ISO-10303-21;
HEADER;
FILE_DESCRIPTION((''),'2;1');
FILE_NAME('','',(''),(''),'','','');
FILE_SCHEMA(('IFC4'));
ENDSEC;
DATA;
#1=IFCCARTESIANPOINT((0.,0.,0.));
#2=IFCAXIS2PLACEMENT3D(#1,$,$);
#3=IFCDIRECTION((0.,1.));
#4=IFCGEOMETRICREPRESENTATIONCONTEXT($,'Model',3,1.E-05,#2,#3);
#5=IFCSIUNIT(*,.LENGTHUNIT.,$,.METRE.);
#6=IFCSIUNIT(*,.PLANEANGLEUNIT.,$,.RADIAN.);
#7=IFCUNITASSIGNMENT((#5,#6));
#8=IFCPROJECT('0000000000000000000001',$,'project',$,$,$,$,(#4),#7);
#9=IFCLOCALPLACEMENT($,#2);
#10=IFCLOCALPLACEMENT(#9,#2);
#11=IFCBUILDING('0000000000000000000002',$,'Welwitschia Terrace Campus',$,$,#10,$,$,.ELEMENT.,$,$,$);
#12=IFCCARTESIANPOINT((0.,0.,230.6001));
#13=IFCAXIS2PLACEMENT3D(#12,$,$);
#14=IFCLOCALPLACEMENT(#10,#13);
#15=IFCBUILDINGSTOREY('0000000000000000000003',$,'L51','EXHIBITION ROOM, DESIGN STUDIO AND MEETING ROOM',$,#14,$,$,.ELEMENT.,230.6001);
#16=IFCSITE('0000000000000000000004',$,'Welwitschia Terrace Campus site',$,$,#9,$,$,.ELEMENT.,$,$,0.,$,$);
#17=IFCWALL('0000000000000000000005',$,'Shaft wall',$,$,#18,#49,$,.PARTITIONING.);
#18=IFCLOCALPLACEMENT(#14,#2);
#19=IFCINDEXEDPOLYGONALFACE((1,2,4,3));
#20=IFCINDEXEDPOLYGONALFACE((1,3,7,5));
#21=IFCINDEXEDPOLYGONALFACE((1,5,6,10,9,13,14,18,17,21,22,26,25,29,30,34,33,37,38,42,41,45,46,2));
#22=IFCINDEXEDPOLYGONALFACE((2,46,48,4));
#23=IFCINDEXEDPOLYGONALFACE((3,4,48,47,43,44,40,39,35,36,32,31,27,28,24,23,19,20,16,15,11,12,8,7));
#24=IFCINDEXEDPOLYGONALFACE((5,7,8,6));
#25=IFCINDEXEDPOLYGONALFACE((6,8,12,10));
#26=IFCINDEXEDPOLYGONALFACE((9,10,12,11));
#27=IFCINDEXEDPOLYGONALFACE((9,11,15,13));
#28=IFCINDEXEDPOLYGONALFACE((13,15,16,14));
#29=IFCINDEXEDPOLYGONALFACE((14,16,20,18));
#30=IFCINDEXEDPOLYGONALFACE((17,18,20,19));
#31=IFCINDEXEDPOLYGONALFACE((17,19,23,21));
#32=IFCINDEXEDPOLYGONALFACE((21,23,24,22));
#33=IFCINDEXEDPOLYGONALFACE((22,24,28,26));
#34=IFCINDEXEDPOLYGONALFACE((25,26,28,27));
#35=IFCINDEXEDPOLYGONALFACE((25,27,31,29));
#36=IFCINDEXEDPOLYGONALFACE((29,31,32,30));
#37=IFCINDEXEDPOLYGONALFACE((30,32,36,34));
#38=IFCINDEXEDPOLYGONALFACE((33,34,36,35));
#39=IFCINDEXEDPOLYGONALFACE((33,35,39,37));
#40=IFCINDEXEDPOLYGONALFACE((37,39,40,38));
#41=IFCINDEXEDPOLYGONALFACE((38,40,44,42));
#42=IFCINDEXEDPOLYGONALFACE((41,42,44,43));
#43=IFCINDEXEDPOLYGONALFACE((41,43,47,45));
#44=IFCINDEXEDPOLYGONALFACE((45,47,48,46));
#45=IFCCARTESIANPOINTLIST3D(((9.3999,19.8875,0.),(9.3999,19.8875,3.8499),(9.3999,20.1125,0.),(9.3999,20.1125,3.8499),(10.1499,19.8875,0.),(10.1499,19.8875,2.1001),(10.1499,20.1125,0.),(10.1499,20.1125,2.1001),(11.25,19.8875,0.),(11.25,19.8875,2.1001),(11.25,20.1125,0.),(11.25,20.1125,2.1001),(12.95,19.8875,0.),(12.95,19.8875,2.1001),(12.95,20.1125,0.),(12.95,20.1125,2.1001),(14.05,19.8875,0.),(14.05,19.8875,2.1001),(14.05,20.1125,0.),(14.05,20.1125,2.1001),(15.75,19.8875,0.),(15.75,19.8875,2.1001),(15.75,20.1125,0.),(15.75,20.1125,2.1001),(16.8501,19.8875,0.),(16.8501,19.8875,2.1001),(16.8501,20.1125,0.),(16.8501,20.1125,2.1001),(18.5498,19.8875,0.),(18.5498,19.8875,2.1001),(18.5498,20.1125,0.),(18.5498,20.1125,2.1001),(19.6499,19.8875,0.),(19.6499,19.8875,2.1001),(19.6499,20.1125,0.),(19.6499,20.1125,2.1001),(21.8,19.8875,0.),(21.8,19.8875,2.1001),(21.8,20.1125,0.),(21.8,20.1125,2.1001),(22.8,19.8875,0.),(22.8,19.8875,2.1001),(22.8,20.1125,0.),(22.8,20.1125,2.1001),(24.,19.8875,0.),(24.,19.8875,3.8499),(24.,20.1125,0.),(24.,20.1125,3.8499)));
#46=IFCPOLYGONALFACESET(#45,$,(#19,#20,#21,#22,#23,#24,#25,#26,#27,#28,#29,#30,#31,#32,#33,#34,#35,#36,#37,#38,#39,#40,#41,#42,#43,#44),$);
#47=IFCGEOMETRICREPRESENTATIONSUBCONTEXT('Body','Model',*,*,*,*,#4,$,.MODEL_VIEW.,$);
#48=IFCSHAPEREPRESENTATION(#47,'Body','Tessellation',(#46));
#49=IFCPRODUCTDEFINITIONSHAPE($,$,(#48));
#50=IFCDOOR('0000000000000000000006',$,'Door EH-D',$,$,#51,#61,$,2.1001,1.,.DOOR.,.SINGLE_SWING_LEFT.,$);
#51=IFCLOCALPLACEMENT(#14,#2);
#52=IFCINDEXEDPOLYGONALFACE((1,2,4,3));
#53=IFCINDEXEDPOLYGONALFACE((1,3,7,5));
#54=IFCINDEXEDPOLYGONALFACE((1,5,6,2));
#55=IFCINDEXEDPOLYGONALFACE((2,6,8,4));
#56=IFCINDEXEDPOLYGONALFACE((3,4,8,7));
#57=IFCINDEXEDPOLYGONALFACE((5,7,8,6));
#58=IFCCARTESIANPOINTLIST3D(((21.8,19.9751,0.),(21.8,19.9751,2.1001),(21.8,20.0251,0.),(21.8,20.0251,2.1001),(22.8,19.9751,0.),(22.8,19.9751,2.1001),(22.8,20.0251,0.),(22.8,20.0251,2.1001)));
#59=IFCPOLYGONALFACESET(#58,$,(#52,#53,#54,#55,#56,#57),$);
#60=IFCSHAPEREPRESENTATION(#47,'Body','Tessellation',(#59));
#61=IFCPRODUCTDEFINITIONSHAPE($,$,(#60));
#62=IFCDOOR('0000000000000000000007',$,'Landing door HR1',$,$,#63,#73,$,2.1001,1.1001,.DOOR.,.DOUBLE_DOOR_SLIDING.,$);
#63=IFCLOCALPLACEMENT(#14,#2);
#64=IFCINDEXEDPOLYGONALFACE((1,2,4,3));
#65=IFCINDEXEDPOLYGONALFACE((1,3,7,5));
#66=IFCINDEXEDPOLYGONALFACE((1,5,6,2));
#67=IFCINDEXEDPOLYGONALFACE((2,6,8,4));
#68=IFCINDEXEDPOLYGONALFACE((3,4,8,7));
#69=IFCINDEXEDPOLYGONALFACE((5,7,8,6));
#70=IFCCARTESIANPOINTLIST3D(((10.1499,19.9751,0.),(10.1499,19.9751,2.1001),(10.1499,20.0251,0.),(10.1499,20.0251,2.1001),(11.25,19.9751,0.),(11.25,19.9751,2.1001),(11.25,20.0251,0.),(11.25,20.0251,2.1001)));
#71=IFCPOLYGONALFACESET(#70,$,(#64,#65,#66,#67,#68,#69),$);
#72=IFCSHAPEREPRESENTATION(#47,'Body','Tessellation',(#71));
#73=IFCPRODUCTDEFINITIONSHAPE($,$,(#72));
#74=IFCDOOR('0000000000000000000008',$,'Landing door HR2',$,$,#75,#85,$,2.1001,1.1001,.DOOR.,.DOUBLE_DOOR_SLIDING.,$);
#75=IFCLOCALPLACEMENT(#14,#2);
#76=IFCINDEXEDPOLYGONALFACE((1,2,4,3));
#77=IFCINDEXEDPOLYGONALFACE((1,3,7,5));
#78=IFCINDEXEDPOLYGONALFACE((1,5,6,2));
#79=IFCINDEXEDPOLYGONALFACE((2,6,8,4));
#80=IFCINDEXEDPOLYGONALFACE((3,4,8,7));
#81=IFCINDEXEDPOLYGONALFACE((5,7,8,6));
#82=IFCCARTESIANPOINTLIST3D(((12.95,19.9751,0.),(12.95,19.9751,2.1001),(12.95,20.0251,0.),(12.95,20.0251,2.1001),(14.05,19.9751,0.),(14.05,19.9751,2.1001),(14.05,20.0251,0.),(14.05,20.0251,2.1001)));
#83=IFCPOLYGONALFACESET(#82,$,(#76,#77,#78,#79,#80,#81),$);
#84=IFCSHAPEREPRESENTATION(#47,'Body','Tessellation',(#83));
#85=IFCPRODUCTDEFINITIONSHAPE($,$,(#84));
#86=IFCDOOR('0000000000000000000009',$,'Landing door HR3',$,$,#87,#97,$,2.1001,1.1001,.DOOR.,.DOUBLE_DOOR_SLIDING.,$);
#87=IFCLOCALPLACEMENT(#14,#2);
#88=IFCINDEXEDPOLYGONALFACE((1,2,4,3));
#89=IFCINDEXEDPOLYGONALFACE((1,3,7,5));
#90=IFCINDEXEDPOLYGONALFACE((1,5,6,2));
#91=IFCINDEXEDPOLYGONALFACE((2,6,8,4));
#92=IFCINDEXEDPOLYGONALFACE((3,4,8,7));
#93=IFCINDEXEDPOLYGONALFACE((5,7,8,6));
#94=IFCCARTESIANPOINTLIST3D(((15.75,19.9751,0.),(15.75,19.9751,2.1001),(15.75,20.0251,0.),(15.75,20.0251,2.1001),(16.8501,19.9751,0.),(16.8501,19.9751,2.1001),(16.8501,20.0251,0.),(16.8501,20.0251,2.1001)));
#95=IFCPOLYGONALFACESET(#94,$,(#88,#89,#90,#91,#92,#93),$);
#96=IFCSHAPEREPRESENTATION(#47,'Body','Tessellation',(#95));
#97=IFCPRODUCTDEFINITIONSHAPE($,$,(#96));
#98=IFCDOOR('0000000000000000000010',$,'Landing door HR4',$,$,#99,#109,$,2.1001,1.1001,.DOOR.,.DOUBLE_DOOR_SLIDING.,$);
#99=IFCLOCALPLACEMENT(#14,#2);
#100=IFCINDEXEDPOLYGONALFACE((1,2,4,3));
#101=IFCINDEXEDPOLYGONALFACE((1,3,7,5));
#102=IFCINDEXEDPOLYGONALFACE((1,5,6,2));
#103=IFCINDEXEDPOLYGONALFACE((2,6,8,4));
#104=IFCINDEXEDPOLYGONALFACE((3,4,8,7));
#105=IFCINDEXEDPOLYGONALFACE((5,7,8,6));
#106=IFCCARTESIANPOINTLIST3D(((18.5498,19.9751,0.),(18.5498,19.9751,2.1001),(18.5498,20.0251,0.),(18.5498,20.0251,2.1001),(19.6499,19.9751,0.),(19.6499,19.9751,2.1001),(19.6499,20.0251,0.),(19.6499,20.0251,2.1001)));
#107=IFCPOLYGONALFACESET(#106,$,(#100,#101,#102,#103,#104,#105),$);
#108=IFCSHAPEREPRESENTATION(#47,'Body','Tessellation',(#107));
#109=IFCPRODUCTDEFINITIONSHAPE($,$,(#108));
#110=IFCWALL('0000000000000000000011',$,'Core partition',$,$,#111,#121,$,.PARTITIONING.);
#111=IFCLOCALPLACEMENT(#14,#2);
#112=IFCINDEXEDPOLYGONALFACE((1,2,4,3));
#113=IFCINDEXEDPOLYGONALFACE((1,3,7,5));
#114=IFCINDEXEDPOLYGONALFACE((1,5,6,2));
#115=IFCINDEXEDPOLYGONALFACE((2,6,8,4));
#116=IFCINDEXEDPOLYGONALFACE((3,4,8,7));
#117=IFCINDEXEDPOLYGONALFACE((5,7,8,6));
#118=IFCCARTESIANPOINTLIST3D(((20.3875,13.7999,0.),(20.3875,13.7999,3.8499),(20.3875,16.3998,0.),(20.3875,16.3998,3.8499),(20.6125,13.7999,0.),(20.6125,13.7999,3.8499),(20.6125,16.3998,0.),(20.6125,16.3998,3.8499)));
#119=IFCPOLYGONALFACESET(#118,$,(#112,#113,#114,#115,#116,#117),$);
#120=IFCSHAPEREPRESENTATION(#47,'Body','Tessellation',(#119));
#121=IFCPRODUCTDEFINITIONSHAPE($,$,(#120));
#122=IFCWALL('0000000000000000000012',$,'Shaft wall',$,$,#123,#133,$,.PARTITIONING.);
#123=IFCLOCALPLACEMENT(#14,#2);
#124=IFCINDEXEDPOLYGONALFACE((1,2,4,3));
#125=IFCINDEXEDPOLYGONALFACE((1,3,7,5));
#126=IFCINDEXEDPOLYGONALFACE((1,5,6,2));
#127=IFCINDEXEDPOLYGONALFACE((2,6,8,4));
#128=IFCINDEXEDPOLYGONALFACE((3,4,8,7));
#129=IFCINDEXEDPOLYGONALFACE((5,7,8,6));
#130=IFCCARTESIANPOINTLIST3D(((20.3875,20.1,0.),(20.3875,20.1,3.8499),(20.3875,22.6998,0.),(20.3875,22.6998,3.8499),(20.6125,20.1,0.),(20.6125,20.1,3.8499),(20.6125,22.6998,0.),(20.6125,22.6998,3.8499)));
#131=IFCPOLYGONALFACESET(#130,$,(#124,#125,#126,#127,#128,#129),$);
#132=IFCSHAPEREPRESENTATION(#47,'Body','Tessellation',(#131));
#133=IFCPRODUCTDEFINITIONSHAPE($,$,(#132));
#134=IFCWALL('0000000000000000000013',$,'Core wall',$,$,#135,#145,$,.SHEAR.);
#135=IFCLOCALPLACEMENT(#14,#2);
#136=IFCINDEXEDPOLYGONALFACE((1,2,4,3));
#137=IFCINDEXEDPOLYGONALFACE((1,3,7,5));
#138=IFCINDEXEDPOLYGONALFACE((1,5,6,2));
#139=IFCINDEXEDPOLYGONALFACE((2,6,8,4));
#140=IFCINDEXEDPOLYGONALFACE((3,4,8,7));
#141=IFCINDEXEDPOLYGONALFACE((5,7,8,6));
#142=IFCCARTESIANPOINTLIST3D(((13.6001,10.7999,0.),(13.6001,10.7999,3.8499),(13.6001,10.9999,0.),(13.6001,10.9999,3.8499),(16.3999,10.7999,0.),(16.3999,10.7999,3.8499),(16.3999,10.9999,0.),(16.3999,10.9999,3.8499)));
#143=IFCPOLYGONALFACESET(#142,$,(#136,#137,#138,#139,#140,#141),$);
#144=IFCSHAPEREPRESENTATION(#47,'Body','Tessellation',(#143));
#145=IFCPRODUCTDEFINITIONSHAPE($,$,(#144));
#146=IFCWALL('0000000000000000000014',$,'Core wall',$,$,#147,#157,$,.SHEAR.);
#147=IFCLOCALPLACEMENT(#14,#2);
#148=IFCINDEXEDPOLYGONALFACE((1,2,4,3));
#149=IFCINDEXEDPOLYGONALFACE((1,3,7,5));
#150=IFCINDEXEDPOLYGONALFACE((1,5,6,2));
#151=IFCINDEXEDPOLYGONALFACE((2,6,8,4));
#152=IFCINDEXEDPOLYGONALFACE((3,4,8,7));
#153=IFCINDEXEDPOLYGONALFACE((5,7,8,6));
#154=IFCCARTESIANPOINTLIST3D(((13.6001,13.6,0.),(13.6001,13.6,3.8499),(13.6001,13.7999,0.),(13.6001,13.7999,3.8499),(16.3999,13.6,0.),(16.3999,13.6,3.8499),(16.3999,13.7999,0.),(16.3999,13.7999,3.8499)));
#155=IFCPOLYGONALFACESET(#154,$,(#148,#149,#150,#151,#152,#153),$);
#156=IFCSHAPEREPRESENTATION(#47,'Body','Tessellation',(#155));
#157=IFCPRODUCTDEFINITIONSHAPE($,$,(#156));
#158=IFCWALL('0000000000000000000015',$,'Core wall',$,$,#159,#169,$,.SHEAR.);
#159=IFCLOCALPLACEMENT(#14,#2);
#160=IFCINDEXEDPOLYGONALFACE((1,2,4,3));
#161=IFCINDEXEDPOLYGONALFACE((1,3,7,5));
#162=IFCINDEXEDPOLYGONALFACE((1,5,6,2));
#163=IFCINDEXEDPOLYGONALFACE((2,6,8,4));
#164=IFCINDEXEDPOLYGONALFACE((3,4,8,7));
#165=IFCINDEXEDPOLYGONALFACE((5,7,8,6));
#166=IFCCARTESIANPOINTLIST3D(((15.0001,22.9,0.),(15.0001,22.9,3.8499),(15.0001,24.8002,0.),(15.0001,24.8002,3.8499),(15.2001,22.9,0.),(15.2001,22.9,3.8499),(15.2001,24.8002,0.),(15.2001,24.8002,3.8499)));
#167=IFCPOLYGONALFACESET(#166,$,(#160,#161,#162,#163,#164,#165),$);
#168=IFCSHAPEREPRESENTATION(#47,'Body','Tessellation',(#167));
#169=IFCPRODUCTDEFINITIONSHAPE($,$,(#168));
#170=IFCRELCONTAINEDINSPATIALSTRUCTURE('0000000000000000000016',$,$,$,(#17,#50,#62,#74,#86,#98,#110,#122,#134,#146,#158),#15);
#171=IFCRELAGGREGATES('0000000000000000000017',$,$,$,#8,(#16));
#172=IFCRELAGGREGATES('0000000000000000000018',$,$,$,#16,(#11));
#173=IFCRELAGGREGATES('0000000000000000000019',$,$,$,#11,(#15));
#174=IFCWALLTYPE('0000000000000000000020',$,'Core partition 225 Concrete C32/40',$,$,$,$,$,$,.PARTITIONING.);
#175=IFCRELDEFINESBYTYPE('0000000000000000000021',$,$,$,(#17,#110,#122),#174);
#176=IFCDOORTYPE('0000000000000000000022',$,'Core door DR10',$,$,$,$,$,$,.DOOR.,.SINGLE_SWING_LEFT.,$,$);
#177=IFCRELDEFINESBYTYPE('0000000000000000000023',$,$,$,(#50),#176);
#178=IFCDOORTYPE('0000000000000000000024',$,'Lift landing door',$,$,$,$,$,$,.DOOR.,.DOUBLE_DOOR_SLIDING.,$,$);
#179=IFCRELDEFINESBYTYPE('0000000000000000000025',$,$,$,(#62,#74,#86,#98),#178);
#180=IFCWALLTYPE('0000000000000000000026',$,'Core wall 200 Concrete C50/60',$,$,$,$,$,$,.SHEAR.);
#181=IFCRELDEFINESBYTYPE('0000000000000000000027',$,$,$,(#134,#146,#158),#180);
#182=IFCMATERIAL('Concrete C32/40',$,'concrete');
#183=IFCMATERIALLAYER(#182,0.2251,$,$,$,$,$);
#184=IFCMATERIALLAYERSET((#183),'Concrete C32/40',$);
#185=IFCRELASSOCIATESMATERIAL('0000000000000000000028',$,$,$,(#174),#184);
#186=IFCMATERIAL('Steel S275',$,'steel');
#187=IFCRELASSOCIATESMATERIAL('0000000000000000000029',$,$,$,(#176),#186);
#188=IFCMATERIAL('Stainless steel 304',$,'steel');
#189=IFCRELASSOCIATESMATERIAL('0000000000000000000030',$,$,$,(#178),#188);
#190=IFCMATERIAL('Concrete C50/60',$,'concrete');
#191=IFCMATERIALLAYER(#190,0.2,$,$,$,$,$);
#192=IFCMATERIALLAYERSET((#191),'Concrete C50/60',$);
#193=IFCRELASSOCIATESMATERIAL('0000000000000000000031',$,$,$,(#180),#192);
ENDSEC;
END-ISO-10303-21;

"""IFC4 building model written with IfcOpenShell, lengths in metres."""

from ifc_helpers import new_model, si_unit, direction, frame, frame_2d, origin, place, context, subcontext, project, spatial, rectangle, extrude, material, layer, layer_set, type_object, element, fill, save


model = new_model("IFC4")

# Units and contexts
model_context = context("Model", 3, precision=1e-05, world=origin(), true_north=direction((0.0, 1.0)))
body_context = subcontext(model_context, "Body", "Model", "MODEL_VIEW")
ifc_project = project(units=[si_unit("LENGTHUNIT", "METRE"), si_unit("PLANEANGLEUNIT", "RADIAN")], contexts=[model_context])

# Site, building, storey
site_placement = place(None, origin())
site = spatial("IfcSite", under=ifc_project, at=site_placement, Name="Welwitschia Terrace Campus site", CompositionType="ELEMENT", RefElevation=0.0)
building_placement = place(site_placement, origin())
building = spatial("IfcBuilding", under=site, at=building_placement, Name="Welwitschia Terrace Campus", CompositionType="ELEMENT")
storey_placement = place(building_placement, frame((0.0, 0.0, 230.6001)))
storey = spatial("IfcBuildingStorey", under=building, at=storey_placement, Name="L51", Description="EXHIBITION ROOM, DESIGN STUDIO AND MEETING ROOM", CompositionType="ELEMENT", Elevation=230.6001)

# Shared definitions
ifc_material_1 = material(Name="Concrete C32/40", Category="concrete")
ifc_layer_1 = layer(ifc_material_1, 0.2251)
ifc_layer_set_1 = layer_set([ifc_layer_1], Name="Concrete C32/40")
wall_type_1 = type_object("IfcWallType", Name="Core partition 225 Concrete C32/40", PredefinedType="PARTITIONING", material=ifc_layer_set_1)

# Wall, openings, doors
wall_1_placement = place(storey_placement, frame((24.0, 20.0, 0.0), z_axis=(0.0, 0.0, 1.0), x_axis=(-1.0, 0.0, 0.0)))
wall_1 = element("IfcWall", 1, at=wall_1_placement, inside=storey, type_object=wall_type_1, Name="Shaft wall", PredefinedType="PARTITIONING", context=body_context, shape_type="SweptSolid", body=[
    extrude(rectangle(XDim=14.6001, YDim=0.2251, at=frame_2d((7.3, 0.0))), origin(), (0.0, 0.0, 1.0), 3.8499),
])
opening_1_placement = place(wall_1_placement, frame((12.75, 0.0, 0.0)))
opening_1 = element("IfcOpeningElement", 2, at=opening_1_placement, cuts=wall_1, PredefinedType="OPENING", context=body_context, shape_type="SweptSolid", body=[
    extrude(rectangle(XDim=1.1001, YDim=2.1001, at=frame_2d((0.55, 1.05))), frame((0.0, 0.1226, 0.0), z_axis=(0.0, -1.0, 0.0), x_axis=(1.0, 0.0, 0.0)), (0.0, 0.0, 1.0), 0.2451),
])
opening_2_placement = place(wall_1_placement, frame((9.95, 0.0, 0.0)))
opening_2 = element("IfcOpeningElement", 3, at=opening_2_placement, cuts=wall_1, PredefinedType="OPENING", context=body_context, shape_type="SweptSolid", body=[
    extrude(rectangle(XDim=1.1001, YDim=2.1001, at=frame_2d((0.55, 1.05))), frame((0.0, 0.1226, 0.0), z_axis=(0.0, -1.0, 0.0), x_axis=(1.0, 0.0, 0.0)), (0.0, 0.0, 1.0), 0.2451),
])
opening_3_placement = place(wall_1_placement, frame((7.1499, 0.0, 0.0)))
opening_3 = element("IfcOpeningElement", 4, at=opening_3_placement, cuts=wall_1, PredefinedType="OPENING", context=body_context, shape_type="SweptSolid", body=[
    extrude(rectangle(XDim=1.1001, YDim=2.1001, at=frame_2d((0.55, 1.05))), frame((0.0, 0.1226, 0.0), z_axis=(0.0, -1.0, 0.0), x_axis=(1.0, 0.0, 0.0)), (0.0, 0.0, 1.0), 0.2451),
])
opening_4_placement = place(wall_1_placement, frame((4.3501, 0.0, 0.0)))
opening_4 = element("IfcOpeningElement", 5, at=opening_4_placement, cuts=wall_1, PredefinedType="OPENING", context=body_context, shape_type="SweptSolid", body=[
    extrude(rectangle(XDim=1.1001, YDim=2.1001, at=frame_2d((0.55, 1.05))), frame((0.0, 0.1226, 0.0), z_axis=(0.0, -1.0, 0.0), x_axis=(1.0, 0.0, 0.0)), (0.0, 0.0, 1.0), 0.2451),
])
opening_5_placement = place(wall_1_placement, frame((1.2, 0.0, 0.0)))
opening_5 = element("IfcOpeningElement", 6, at=opening_5_placement, cuts=wall_1, PredefinedType="OPENING", context=body_context, shape_type="SweptSolid", body=[
    extrude(rectangle(XDim=1.0, YDim=2.1001, at=frame_2d((0.5, 1.05))), frame((0.0, 0.1226, 0.0), z_axis=(0.0, -1.0, 0.0), x_axis=(1.0, 0.0, 0.0)), (0.0, 0.0, 1.0), 0.2451),
])
ifc_material_2 = material(Name="Steel S275", Category="steel")
door_type_1 = type_object("IfcDoorType", Name="Core door DR10", OperationType="SINGLE_SWING_LEFT", PredefinedType="DOOR", material=ifc_material_2)
door_1_placement = place(opening_5_placement, origin())
door_1 = element("IfcDoor", 7, at=door_1_placement, inside=storey, type_object=door_type_1, Name="Door EH-D", OperationType="SINGLE_SWING_LEFT", OverallHeight=2.1001, OverallWidth=1.0, PredefinedType="DOOR", context=body_context, shape_type="SweptSolid", body=[
    extrude(rectangle(XDim=1.0, YDim=2.1001, at=frame_2d((0.5, 1.05))), frame((0.0, 0.0249, 0.0), z_axis=(0.0, -1.0, 0.0), x_axis=(1.0, 0.0, 0.0)), (0.0, 0.0, 1.0), 0.05),
])
fill(opening_5, door_1)
ifc_material_3 = material(Name="Stainless steel 304", Category="steel")
door_type_2 = type_object("IfcDoorType", Name="Lift landing door", OperationType="DOUBLE_DOOR_SLIDING", PredefinedType="DOOR", material=ifc_material_3)
door_2_placement = place(opening_1_placement, origin())
door_2 = element("IfcDoor", 8, at=door_2_placement, inside=storey, type_object=door_type_2, Name="Landing door HR1", OperationType="DOUBLE_DOOR_SLIDING", OverallHeight=2.1001, OverallWidth=1.1001, PredefinedType="DOOR", context=body_context, shape_type="SweptSolid", body=[
    extrude(rectangle(XDim=1.1001, YDim=2.1001, at=frame_2d((0.55, 1.05))), frame((0.0, 0.0249, 0.0), z_axis=(0.0, -1.0, 0.0), x_axis=(1.0, 0.0, 0.0)), (0.0, 0.0, 1.0), 0.05),
])
fill(opening_1, door_2)
door_3_placement = place(opening_2_placement, origin())
door_3 = element("IfcDoor", 9, at=door_3_placement, inside=storey, type_object=door_type_2, Name="Landing door HR2", OperationType="DOUBLE_DOOR_SLIDING", OverallHeight=2.1001, OverallWidth=1.1001, PredefinedType="DOOR", context=body_context, shape_type="SweptSolid", body=[
    extrude(rectangle(XDim=1.1001, YDim=2.1001, at=frame_2d((0.55, 1.05))), frame((0.0, 0.0249, 0.0), z_axis=(0.0, -1.0, 0.0), x_axis=(1.0, 0.0, 0.0)), (0.0, 0.0, 1.0), 0.05),
])
fill(opening_2, door_3)
door_4_placement = place(opening_3_placement, origin())
door_4 = element("IfcDoor", 10, at=door_4_placement, inside=storey, type_object=door_type_2, Name="Landing door HR3", OperationType="DOUBLE_DOOR_SLIDING", OverallHeight=2.1001, OverallWidth=1.1001, PredefinedType="DOOR", context=body_context, shape_type="SweptSolid", body=[
    extrude(rectangle(XDim=1.1001, YDim=2.1001, at=frame_2d((0.55, 1.05))), frame((0.0, 0.0249, 0.0), z_axis=(0.0, -1.0, 0.0), x_axis=(1.0, 0.0, 0.0)), (0.0, 0.0, 1.0), 0.05),
])
fill(opening_3, door_4)
door_5_placement = place(opening_4_placement, origin())
door_5 = element("IfcDoor", 11, at=door_5_placement, inside=storey, type_object=door_type_2, Name="Landing door HR4", OperationType="DOUBLE_DOOR_SLIDING", OverallHeight=2.1001, OverallWidth=1.1001, PredefinedType="DOOR", context=body_context, shape_type="SweptSolid", body=[
    extrude(rectangle(XDim=1.1001, YDim=2.1001, at=frame_2d((0.55, 1.05))), frame((0.0, 0.0249, 0.0), z_axis=(0.0, -1.0, 0.0), x_axis=(1.0, 0.0, 0.0)), (0.0, 0.0, 1.0), 0.05),
])
fill(opening_4, door_5)

# Walls
for number, where, z_axis, x_axis, name in (
    (12, (20.5, 13.8, 0.0), (0.0, 0.0, 1.0), (0.0, 1.0, 0.0), "Core partition"),
    (13, (20.5, 20.1001, 0.0), (0.0, 0.0, 1.0), (0.0, 1.0, 0.0), "Shaft wall"),
):
    element("IfcWall", number, at=place(storey_placement, frame(where, z_axis=z_axis, x_axis=x_axis)), inside=storey, type_object=wall_type_1, Name=name, PredefinedType="PARTITIONING", context=body_context, shape_type="SweptSolid", body=[
        extrude(rectangle(XDim=2.5999, YDim=0.2251, at=frame_2d((1.2998, 0.0))), origin(), (0.0, 0.0, 1.0), 3.8499),
    ])
ifc_material_4 = material(Name="Concrete C50/60", Category="concrete")
ifc_layer_2 = layer(ifc_material_4, 0.2)
ifc_layer_set_2 = layer_set([ifc_layer_2], Name="Concrete C50/60")
wall_type_2 = type_object("IfcWallType", Name="Core wall 200 Concrete C50/60", PredefinedType="SHEAR", material=ifc_layer_set_2)
for number, where, z_axis, x_axis, name in (
    (14, (13.6001, 10.8999, 0.0), (0.0, 0.0, 1.0), (1.0, 0.0, 0.0), "Core wall"),
    (15, (13.6001, 13.7, 0.0), (0.0, 0.0, 1.0), (1.0, 0.0, 0.0), "Core wall"),
):
    element("IfcWall", number, at=place(storey_placement, frame(where, z_axis=z_axis, x_axis=x_axis)), inside=storey, type_object=wall_type_2, Name=name, PredefinedType="SHEAR", context=body_context, shape_type="SweptSolid", body=[
        extrude(rectangle(XDim=2.7998, YDim=0.2, at=frame_2d((1.3999, 0.0))), origin(), (0.0, 0.0, 1.0), 3.8499),
    ])
for number, where, z_axis, x_axis, name in (
    (16, (15.1001, 22.8999, 0.0), (0.0, 0.0, 1.0), (0.0, 1.0, 0.0), "Core wall"),
):
    element("IfcWall", number, at=place(storey_placement, frame(where, z_axis=z_axis, x_axis=x_axis)), inside=storey, type_object=wall_type_2, Name=name, PredefinedType="SHEAR", context=body_context, shape_type="SweptSolid", body=[
        extrude(rectangle(XDim=1.9001, YDim=0.2, at=frame_2d((0.9502, 0.0))), origin(), (0.0, 0.0, 1.0), 3.8499),
    ])

save(model, "model.ifc")
